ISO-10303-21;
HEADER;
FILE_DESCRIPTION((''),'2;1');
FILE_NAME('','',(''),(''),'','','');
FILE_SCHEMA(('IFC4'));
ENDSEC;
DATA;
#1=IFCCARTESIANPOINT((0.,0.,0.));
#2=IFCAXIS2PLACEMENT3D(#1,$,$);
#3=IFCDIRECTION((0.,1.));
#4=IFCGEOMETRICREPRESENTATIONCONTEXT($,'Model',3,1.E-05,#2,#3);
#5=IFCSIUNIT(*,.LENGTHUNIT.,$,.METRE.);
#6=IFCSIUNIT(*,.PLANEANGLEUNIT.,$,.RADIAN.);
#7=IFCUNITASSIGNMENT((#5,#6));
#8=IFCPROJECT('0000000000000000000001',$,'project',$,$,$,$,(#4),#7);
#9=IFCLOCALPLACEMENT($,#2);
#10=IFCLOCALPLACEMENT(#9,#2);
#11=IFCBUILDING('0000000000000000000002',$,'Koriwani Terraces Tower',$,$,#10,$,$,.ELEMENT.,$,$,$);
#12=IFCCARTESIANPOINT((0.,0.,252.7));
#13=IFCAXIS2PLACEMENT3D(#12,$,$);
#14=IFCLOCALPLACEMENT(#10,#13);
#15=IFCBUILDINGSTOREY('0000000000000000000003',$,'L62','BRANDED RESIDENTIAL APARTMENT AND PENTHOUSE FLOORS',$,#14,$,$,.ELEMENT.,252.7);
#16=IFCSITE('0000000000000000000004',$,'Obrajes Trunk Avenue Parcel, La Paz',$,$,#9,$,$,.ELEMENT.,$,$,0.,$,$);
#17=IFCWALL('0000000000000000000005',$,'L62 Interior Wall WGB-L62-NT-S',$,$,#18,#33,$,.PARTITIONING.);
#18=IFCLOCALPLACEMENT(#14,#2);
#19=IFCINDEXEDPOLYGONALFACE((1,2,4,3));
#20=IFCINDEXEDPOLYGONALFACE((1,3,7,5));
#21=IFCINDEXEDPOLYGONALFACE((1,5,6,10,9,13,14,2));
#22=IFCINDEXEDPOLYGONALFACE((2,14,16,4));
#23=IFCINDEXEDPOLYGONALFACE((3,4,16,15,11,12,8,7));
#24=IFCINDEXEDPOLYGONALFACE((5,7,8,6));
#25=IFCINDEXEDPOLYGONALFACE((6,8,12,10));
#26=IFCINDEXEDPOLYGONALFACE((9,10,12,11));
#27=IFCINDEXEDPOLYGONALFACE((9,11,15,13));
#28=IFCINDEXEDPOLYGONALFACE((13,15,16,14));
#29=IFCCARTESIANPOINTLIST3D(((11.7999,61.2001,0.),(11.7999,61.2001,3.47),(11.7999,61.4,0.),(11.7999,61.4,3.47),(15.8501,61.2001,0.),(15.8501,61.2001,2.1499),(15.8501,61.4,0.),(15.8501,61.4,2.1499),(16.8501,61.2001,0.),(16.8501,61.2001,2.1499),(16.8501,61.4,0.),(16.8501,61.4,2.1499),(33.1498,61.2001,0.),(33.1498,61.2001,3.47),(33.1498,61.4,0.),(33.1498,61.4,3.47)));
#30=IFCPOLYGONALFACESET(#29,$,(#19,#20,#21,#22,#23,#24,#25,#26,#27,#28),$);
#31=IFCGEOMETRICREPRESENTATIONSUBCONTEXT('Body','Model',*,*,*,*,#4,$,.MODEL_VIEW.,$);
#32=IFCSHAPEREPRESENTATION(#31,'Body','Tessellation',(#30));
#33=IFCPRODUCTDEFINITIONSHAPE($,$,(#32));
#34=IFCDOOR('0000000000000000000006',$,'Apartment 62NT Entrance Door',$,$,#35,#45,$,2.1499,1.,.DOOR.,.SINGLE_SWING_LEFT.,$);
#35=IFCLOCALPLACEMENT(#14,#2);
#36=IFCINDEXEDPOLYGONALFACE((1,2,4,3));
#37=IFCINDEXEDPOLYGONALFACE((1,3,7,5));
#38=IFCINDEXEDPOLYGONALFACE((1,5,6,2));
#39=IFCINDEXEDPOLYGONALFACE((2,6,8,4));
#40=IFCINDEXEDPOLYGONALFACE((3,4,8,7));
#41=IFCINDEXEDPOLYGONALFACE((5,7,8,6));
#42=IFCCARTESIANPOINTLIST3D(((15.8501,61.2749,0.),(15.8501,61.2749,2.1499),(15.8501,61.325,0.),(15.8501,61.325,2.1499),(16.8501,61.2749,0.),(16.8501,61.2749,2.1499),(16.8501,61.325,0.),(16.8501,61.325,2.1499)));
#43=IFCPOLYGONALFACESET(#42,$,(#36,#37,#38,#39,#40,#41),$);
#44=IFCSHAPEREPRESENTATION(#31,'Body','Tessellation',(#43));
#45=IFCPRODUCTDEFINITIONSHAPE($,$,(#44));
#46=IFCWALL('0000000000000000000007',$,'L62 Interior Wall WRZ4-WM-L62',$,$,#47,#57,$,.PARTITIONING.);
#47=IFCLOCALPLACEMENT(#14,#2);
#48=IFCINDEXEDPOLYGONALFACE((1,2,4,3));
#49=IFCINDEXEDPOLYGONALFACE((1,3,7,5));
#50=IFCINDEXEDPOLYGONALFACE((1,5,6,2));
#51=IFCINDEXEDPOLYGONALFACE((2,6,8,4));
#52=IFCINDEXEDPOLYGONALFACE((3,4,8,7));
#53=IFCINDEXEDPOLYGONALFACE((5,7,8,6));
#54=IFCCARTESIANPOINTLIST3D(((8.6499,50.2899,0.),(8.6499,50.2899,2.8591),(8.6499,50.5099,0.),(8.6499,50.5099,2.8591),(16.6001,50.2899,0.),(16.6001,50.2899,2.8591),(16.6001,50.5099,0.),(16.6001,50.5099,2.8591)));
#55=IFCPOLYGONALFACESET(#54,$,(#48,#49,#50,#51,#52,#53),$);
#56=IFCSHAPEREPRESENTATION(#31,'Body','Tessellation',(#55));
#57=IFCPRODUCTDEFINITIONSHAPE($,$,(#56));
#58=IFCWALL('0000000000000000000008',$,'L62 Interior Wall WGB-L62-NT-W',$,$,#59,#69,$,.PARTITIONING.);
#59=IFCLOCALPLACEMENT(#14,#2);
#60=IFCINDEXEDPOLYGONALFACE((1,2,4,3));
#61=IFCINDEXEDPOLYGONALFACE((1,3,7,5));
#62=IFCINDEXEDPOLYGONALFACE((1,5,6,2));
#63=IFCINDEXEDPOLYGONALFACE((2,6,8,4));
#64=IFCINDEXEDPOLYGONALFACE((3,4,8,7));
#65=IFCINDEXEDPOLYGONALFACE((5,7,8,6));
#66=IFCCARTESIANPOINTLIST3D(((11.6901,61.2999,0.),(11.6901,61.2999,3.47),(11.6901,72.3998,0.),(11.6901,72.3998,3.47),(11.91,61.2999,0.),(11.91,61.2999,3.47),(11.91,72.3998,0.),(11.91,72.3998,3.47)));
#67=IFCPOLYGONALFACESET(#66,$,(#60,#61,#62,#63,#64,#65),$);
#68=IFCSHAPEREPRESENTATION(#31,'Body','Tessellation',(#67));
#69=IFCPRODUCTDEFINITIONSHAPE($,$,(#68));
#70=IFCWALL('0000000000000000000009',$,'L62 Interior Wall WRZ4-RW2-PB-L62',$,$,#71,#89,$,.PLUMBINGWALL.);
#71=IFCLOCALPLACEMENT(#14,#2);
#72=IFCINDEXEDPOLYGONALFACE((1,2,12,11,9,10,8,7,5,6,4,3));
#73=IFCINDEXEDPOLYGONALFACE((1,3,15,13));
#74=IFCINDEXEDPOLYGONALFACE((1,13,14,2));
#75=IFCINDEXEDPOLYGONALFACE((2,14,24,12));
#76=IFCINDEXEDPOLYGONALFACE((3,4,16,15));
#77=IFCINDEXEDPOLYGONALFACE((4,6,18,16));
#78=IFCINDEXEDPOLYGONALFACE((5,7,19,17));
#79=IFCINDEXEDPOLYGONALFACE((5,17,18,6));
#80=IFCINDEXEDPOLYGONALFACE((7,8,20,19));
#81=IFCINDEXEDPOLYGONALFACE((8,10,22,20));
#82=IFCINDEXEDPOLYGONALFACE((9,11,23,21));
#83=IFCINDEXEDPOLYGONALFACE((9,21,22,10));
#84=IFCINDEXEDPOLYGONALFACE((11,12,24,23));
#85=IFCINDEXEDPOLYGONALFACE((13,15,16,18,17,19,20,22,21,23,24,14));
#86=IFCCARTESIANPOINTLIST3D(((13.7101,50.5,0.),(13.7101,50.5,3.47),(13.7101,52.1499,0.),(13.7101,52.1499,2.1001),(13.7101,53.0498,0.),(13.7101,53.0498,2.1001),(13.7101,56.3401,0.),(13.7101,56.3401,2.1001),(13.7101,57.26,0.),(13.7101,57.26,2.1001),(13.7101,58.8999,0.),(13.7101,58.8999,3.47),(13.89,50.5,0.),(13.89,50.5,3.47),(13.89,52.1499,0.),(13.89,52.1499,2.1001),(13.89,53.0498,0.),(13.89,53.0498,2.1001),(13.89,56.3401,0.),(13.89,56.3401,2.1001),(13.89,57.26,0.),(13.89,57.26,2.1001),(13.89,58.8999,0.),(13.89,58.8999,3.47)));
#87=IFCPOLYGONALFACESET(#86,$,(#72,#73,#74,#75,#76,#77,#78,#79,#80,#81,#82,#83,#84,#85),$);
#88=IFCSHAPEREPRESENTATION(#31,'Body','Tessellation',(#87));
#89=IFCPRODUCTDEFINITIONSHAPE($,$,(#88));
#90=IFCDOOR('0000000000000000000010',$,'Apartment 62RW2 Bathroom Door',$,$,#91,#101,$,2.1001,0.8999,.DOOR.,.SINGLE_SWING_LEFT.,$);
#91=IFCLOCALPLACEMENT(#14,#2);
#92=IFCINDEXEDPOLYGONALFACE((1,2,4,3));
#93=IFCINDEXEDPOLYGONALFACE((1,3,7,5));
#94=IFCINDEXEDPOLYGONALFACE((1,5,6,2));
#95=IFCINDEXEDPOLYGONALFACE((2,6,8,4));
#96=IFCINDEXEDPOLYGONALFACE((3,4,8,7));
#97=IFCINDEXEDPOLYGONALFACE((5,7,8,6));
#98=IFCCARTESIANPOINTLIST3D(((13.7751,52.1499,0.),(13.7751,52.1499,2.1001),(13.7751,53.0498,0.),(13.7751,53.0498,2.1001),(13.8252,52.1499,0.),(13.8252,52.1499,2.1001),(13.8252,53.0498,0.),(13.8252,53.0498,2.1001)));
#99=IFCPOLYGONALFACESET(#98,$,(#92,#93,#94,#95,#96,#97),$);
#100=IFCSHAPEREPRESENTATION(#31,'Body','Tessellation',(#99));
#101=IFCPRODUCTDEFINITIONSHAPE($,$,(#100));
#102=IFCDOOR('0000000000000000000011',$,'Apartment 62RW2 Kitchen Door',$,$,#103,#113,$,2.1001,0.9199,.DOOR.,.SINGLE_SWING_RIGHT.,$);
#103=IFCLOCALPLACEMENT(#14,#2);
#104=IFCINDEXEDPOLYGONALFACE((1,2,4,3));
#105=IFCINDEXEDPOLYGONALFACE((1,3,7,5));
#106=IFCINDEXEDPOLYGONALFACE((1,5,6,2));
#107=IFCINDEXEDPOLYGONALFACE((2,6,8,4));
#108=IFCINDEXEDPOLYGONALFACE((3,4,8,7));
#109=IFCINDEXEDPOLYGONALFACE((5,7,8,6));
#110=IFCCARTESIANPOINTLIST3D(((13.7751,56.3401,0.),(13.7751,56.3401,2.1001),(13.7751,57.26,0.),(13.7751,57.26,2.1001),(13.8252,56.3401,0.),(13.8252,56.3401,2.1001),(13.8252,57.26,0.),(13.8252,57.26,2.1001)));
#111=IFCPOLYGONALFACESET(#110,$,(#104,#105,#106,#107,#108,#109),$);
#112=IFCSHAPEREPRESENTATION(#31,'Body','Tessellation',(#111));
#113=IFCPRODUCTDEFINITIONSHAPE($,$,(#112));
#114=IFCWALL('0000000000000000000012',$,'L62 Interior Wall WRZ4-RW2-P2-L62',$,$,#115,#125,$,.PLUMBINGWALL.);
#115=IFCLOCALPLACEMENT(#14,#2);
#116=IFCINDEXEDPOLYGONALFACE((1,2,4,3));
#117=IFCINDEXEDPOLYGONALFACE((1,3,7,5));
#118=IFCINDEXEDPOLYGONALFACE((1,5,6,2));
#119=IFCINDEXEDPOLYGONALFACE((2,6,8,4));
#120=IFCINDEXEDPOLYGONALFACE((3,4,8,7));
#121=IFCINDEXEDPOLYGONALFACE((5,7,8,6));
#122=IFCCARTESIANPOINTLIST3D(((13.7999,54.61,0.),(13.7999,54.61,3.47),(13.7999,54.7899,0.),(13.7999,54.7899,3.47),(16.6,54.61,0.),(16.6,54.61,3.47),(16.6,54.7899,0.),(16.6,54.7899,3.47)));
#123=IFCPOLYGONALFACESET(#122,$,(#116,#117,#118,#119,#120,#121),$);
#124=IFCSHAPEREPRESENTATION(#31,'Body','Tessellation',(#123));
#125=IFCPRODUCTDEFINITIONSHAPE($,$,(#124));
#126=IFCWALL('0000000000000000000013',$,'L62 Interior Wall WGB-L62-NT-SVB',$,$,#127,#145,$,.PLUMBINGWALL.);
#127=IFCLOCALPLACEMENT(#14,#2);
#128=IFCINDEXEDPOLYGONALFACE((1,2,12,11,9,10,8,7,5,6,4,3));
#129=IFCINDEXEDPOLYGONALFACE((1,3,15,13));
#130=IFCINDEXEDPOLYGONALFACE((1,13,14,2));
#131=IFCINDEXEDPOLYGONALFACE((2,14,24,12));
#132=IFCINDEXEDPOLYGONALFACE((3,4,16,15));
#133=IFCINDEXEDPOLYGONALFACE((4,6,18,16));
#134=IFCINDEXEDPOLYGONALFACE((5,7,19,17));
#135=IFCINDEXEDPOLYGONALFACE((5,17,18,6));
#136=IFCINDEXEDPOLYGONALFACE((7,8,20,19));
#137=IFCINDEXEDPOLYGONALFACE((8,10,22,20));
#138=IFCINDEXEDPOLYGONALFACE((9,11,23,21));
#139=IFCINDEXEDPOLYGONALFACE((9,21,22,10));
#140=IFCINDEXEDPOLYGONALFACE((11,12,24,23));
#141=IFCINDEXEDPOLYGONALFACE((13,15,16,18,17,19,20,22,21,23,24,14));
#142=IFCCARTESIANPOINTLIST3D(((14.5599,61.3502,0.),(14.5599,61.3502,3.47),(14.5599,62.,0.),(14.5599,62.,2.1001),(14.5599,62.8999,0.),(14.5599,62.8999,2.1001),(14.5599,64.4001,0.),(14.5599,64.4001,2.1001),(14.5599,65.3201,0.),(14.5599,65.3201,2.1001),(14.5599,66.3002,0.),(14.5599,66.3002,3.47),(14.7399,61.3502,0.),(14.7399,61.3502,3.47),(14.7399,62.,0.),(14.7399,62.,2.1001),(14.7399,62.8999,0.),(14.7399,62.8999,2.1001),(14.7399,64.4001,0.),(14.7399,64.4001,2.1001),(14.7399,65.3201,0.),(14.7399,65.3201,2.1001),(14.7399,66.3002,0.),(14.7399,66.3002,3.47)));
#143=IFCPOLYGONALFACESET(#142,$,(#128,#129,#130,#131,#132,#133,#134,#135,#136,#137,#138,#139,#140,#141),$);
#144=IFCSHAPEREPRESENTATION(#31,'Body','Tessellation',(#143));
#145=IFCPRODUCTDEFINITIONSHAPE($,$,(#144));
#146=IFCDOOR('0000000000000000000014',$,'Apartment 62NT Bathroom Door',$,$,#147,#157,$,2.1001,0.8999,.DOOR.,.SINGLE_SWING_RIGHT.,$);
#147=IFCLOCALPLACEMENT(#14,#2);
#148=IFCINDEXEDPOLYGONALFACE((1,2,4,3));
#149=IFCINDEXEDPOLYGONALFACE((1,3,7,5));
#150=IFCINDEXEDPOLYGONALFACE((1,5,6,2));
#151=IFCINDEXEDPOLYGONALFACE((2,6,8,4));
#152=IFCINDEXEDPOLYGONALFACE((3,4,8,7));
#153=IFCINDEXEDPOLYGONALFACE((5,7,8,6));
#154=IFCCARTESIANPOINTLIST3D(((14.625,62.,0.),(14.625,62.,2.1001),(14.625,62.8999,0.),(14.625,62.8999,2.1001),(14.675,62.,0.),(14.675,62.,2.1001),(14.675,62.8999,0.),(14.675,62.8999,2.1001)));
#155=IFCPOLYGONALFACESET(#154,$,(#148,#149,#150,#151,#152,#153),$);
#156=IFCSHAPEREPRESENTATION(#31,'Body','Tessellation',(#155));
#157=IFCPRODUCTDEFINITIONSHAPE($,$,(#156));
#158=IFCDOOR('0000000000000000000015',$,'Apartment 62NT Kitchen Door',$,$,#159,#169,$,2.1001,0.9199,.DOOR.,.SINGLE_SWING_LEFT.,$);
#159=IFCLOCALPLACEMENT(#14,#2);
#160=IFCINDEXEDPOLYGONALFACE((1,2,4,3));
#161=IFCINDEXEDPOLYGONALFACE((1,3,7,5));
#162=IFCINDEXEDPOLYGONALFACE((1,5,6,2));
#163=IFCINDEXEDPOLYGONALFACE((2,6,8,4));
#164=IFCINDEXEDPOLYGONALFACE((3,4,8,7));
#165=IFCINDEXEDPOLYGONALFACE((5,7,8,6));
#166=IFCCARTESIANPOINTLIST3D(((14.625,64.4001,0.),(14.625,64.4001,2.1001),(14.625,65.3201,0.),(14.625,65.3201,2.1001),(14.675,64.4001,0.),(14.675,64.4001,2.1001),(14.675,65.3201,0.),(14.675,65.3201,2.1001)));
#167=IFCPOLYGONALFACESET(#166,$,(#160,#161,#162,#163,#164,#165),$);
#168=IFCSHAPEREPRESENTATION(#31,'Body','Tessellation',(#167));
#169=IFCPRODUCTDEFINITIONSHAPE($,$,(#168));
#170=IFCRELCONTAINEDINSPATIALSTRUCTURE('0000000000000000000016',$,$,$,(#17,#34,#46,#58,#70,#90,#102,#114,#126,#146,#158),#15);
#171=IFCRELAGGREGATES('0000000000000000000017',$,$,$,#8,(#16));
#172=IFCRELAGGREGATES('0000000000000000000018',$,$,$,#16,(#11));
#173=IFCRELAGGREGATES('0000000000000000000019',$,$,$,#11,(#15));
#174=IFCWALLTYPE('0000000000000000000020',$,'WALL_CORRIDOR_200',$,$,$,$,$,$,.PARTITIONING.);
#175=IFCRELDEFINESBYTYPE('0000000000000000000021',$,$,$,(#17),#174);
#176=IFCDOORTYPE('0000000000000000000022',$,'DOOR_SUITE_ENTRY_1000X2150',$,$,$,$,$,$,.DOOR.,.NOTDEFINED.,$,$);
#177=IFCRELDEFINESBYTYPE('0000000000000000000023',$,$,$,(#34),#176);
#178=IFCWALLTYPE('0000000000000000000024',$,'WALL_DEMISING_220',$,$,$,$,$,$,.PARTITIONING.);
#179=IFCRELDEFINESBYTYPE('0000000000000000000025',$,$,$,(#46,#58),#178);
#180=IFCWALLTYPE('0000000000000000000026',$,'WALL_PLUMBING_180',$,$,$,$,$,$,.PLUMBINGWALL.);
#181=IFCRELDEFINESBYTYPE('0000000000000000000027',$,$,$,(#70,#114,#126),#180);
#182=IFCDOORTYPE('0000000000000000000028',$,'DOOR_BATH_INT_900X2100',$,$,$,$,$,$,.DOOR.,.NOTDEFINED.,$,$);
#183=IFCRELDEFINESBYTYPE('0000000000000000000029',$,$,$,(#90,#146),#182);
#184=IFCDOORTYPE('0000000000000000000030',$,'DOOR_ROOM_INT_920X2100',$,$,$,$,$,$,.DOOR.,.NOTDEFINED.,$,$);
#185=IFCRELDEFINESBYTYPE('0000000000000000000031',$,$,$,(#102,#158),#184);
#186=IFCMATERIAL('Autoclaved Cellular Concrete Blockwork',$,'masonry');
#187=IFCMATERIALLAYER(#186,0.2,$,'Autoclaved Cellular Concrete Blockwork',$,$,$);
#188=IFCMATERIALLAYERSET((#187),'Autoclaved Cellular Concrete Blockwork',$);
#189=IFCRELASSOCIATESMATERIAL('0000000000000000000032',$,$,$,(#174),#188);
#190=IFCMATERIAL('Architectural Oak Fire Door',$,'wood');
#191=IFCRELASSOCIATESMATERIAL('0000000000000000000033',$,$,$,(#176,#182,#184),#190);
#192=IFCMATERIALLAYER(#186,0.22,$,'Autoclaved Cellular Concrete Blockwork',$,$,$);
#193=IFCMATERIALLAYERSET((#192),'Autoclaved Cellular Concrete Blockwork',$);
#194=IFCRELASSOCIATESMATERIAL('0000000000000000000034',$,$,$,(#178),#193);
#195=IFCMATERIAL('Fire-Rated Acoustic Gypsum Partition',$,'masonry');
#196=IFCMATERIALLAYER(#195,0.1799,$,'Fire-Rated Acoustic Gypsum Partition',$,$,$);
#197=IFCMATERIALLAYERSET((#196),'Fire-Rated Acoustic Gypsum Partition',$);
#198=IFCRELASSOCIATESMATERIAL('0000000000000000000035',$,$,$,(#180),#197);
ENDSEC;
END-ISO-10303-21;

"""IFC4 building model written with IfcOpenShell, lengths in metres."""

from ifc_helpers import new_model, si_unit, direction, frame, frame_2d, origin, place, context, subcontext, project, spatial, rectangle, extrude, material, layer, layer_set, type_object, element, fill, save


model = new_model("IFC4")

# Units and contexts
model_context = context("Model", 3, precision=1e-05, world=origin(), true_north=direction((0.0, 1.0)))
body_context = subcontext(model_context, "Body", "Model", "MODEL_VIEW")
ifc_project = project(units=[si_unit("LENGTHUNIT", "METRE"), si_unit("PLANEANGLEUNIT", "RADIAN")], contexts=[model_context])

# Site, building, storey
site_placement = place(None, origin())
site = spatial("IfcSite", under=ifc_project, at=site_placement, Name="Obrajes Trunk Avenue Parcel, La Paz", CompositionType="ELEMENT", RefElevation=0.0)
building_placement = place(site_placement, origin())
building = spatial("IfcBuilding", under=site, at=building_placement, Name="Koriwani Terraces Tower", CompositionType="ELEMENT")
storey_placement = place(building_placement, frame((0.0, 0.0, 252.7)))
storey = spatial("IfcBuildingStorey", under=building, at=storey_placement, Name="L62", Description="BRANDED RESIDENTIAL APARTMENT AND PENTHOUSE FLOORS", CompositionType="ELEMENT", Elevation=252.7)

# Wall, opening, door
ifc_material_1 = material(Name="Autoclaved Cellular Concrete Blockwork", Category="masonry")
ifc_layer_1 = layer(ifc_material_1, 0.2, Name="Autoclaved Cellular Concrete Blockwork")
ifc_layer_set_1 = layer_set([ifc_layer_1], Name="Autoclaved Cellular Concrete Blockwork")
wall_type_1 = type_object("IfcWallType", Name="WALL_CORRIDOR_200", PredefinedType="PARTITIONING", material=ifc_layer_set_1)
ifc_material_2 = material(Name="Architectural Oak Fire Door", Category="wood")
door_type_1 = type_object("IfcDoorType", Name="DOOR_SUITE_ENTRY_1000X2150", OperationType="NOTDEFINED", PredefinedType="DOOR", material=ifc_material_2)
wall_1_placement = place(storey_placement, frame((11.8, 61.3, 0.0), z_axis=(0.0, 0.0, 1.0), x_axis=(1.0, 0.0, 0.0)))
wall_1 = element("IfcWall", 1, at=wall_1_placement, inside=storey, type_object=wall_type_1, Name="L62 Interior Wall WGB-L62-NT-S", PredefinedType="PARTITIONING", context=body_context, shape_type="SweptSolid", body=[
    extrude(rectangle(XDim=21.3499, YDim=0.2, at=frame_2d((10.6748, 0.0))), origin(), (0.0, 0.0, 1.0), 3.47),
])
opening_1_placement = place(wall_1_placement, frame((4.05, 0.0, 0.0)))
opening_1 = element("IfcOpeningElement", 2, at=opening_1_placement, cuts=wall_1, PredefinedType="OPENING", context=body_context, shape_type="SweptSolid", body=[
    extrude(rectangle(XDim=1.0, YDim=2.1499, at=frame_2d((0.5, 1.075))), frame((0.0, 0.1099, 0.0), z_axis=(0.0, -1.0, 0.0), x_axis=(1.0, 0.0, 0.0)), (0.0, 0.0, 1.0), 0.22),
])
door_1_placement = place(opening_1_placement, origin())
door_1 = element("IfcDoor", 3, at=door_1_placement, inside=storey, type_object=door_type_1, Name="Apartment 62NT Entrance Door", OperationType="SINGLE_SWING_LEFT", OverallHeight=2.1499, OverallWidth=1.0, PredefinedType="DOOR", context=body_context, shape_type="SweptSolid", body=[
    extrude(rectangle(XDim=1.0, YDim=2.1499, at=frame_2d((0.5, 1.075))), frame((0.0, 0.0249, 0.0), z_axis=(0.0, -1.0, 0.0), x_axis=(1.0, 0.0, 0.0)), (0.0, 0.0, 1.0), 0.05),
])
fill(opening_1, door_1)

# Walls
ifc_layer_2 = layer(ifc_material_1, 0.22, Name="Autoclaved Cellular Concrete Blockwork")
ifc_layer_set_2 = layer_set([ifc_layer_2], Name="Autoclaved Cellular Concrete Blockwork")
wall_type_2 = type_object("IfcWallType", Name="WALL_DEMISING_220", PredefinedType="PARTITIONING", material=ifc_layer_set_2)
wall_2_placement = place(storey_placement, frame((8.6499, 50.3999, 0.0), z_axis=(0.0, 0.0, 1.0), x_axis=(1.0, 0.0, 0.0)))
element("IfcWall", 4, at=wall_2_placement, inside=storey, type_object=wall_type_2, Name="L62 Interior Wall WRZ4-WM-L62", PredefinedType="PARTITIONING", context=body_context, shape_type="SweptSolid", body=[
    extrude(rectangle(XDim=7.9502, YDim=0.22, at=frame_2d((3.9751, 0.0))), origin(), (0.0, 0.0, 1.0), 2.8591),
])
wall_3_placement = place(storey_placement, frame((11.8, 61.3, 0.0), z_axis=(0.0, 0.0, 1.0), x_axis=(0.0, 1.0, 0.0)))
element("IfcWall", 5, at=wall_3_placement, inside=storey, type_object=wall_type_2, Name="L62 Interior Wall WGB-L62-NT-W", PredefinedType="PARTITIONING", context=body_context, shape_type="SweptSolid", body=[
    extrude(rectangle(XDim=11.0999, YDim=0.22, at=frame_2d((5.5498, 0.0))), origin(), (0.0, 0.0, 1.0), 3.47),
])

# Wall, openings, doors
ifc_material_3 = material(Name="Fire-Rated Acoustic Gypsum Partition", Category="masonry")
ifc_layer_3 = layer(ifc_material_3, 0.1799, Name="Fire-Rated Acoustic Gypsum Partition")
ifc_layer_set_3 = layer_set([ifc_layer_3], Name="Fire-Rated Acoustic Gypsum Partition")
wall_type_3 = type_object("IfcWallType", Name="WALL_PLUMBING_180", PredefinedType="PLUMBINGWALL", material=ifc_layer_set_3)
wall_4_placement = place(storey_placement, frame((13.8, 50.5, 0.0), z_axis=(0.0, 0.0, 1.0), x_axis=(0.0, 1.0, 0.0)))
wall_4 = element("IfcWall", 6, at=wall_4_placement, inside=storey, type_object=wall_type_3, Name="L62 Interior Wall WRZ4-RW2-PB-L62", PredefinedType="PLUMBINGWALL", context=body_context, shape_type="SweptSolid", body=[
    extrude(rectangle(XDim=8.3999, YDim=0.1799, at=frame_2d((4.2, 0.0))), origin(), (0.0, 0.0, 1.0), 3.47),
])
opening_2_placement = place(wall_4_placement, frame((1.6499, 0.0, 0.0)))
opening_2 = element("IfcOpeningElement", 7, at=opening_2_placement, cuts=wall_4, PredefinedType="OPENING", context=body_context, shape_type="SweptSolid", body=[
    extrude(rectangle(XDim=0.8999, YDim=2.1001, at=frame_2d((0.45, 1.05))), frame((0.0, 0.1001, 0.0), z_axis=(0.0, -1.0, 0.0), x_axis=(1.0, 0.0, 0.0)), (0.0, 0.0, 1.0), 0.2),
])
opening_3_placement = place(wall_4_placement, frame((5.8401, 0.0, 0.0)))
opening_3 = element("IfcOpeningElement", 8, at=opening_3_placement, cuts=wall_4, PredefinedType="OPENING", context=body_context, shape_type="SweptSolid", body=[
    extrude(rectangle(XDim=0.9199, YDim=2.1001, at=frame_2d((0.46, 1.05))), frame((0.0, 0.1001, 0.0), z_axis=(0.0, -1.0, 0.0), x_axis=(1.0, 0.0, 0.0)), (0.0, 0.0, 1.0), 0.2),
])
door_type_2 = type_object("IfcDoorType", Name="DOOR_BATH_INT_900X2100", OperationType="NOTDEFINED", PredefinedType="DOOR", material=ifc_material_2)
door_2_placement = place(opening_2_placement, origin())
door_2 = element("IfcDoor", 9, at=door_2_placement, inside=storey, type_object=door_type_2, Name="Apartment 62RW2 Bathroom Door", OperationType="SINGLE_SWING_LEFT", OverallHeight=2.1001, OverallWidth=0.8999, PredefinedType="DOOR", context=body_context, shape_type="SweptSolid", body=[
    extrude(rectangle(XDim=0.8999, YDim=2.1001, at=frame_2d((0.45, 1.05))), frame((0.0, 0.0249, 0.0), z_axis=(0.0, -1.0, 0.0), x_axis=(1.0, 0.0, 0.0)), (0.0, 0.0, 1.0), 0.05),
])
fill(opening_2, door_2)
door_type_3 = type_object("IfcDoorType", Name="DOOR_ROOM_INT_920X2100", OperationType="NOTDEFINED", PredefinedType="DOOR", material=ifc_material_2)
door_3_placement = place(opening_3_placement, origin())
door_3 = element("IfcDoor", 10, at=door_3_placement, inside=storey, type_object=door_type_3, Name="Apartment 62RW2 Kitchen Door", OperationType="SINGLE_SWING_RIGHT", OverallHeight=2.1001, OverallWidth=0.9199, PredefinedType="DOOR", context=body_context, shape_type="SweptSolid", body=[
    extrude(rectangle(XDim=0.9199, YDim=2.1001, at=frame_2d((0.46, 1.05))), frame((0.0, 0.0249, 0.0), z_axis=(0.0, -1.0, 0.0), x_axis=(1.0, 0.0, 0.0)), (0.0, 0.0, 1.0), 0.05),
])
fill(opening_3, door_3)

# Wall
wall_5_placement = place(storey_placement, frame((13.8, 54.7, 0.0), z_axis=(0.0, 0.0, 1.0), x_axis=(1.0, 0.0, 0.0)))
element("IfcWall", 11, at=wall_5_placement, inside=storey, type_object=wall_type_3, Name="L62 Interior Wall WRZ4-RW2-P2-L62", PredefinedType="PLUMBINGWALL", context=body_context, shape_type="SweptSolid", body=[
    extrude(rectangle(XDim=2.8, YDim=0.1799, at=frame_2d((1.3999, 0.0))), origin(), (0.0, 0.0, 1.0), 3.47),
])

# Wall, openings, doors
wall_6_placement = place(storey_placement, frame((14.6499, 61.3501, 0.0), z_axis=(0.0, 0.0, 1.0), x_axis=(0.0, 1.0, 0.0)))
wall_6 = element("IfcWall", 12, at=wall_6_placement, inside=storey, type_object=wall_type_3, Name="L62 Interior Wall WGB-L62-NT-SVB", PredefinedType="PLUMBINGWALL", context=body_context, shape_type="SweptSolid", body=[
    extrude(rectangle(XDim=4.95, YDim=0.1799, at=frame_2d((2.4751, 0.0))), origin(), (0.0, 0.0, 1.0), 3.47),
])
opening_4_placement = place(wall_6_placement, frame((0.6499, 0.0, 0.0)))
opening_4 = element("IfcOpeningElement", 13, at=opening_4_placement, cuts=wall_6, PredefinedType="OPENING", context=body_context, shape_type="SweptSolid", body=[
    extrude(rectangle(XDim=0.8999, YDim=2.1001, at=frame_2d((0.45, 1.05))), frame((0.0, 0.1001, 0.0), z_axis=(0.0, -1.0, 0.0), x_axis=(1.0, 0.0, 0.0)), (0.0, 0.0, 1.0), 0.2),
])
opening_5_placement = place(wall_6_placement, frame((3.05, 0.0, 0.0)))
opening_5 = element("IfcOpeningElement", 14, at=opening_5_placement, cuts=wall_6, PredefinedType="OPENING", context=body_context, shape_type="SweptSolid", body=[
    extrude(rectangle(XDim=0.9199, YDim=2.1001, at=frame_2d((0.46, 1.05))), frame((0.0, 0.1001, 0.0), z_axis=(0.0, -1.0, 0.0), x_axis=(1.0, 0.0, 0.0)), (0.0, 0.0, 1.0), 0.2),
])
door_4_placement = place(opening_4_placement, origin())
door_4 = element("IfcDoor", 15, at=door_4_placement, inside=storey, type_object=door_type_2, Name="Apartment 62NT Bathroom Door", OperationType="SINGLE_SWING_RIGHT", OverallHeight=2.1001, OverallWidth=0.8999, PredefinedType="DOOR", context=body_context, shape_type="SweptSolid", body=[
    extrude(rectangle(XDim=0.8999, YDim=2.1001, at=frame_2d((0.45, 1.05))), frame((0.0, 0.0249, 0.0), z_axis=(0.0, -1.0, 0.0), x_axis=(1.0, 0.0, 0.0)), (0.0, 0.0, 1.0), 0.05),
])
fill(opening_4, door_4)
door_5_placement = place(opening_5_placement, origin())
door_5 = element("IfcDoor", 16, at=door_5_placement, inside=storey, type_object=door_type_3, Name="Apartment 62NT Kitchen Door", OperationType="SINGLE_SWING_LEFT", OverallHeight=2.1001, OverallWidth=0.9199, PredefinedType="DOOR", context=body_context, shape_type="SweptSolid", body=[
    extrude(rectangle(XDim=0.9199, YDim=2.1001, at=frame_2d((0.46, 1.05))), frame((0.0, 0.0249, 0.0), z_axis=(0.0, -1.0, 0.0), x_axis=(1.0, 0.0, 0.0)), (0.0, 0.0, 1.0), 0.05),
])
fill(opening_5, door_5)

save(model, "model.ifc")
